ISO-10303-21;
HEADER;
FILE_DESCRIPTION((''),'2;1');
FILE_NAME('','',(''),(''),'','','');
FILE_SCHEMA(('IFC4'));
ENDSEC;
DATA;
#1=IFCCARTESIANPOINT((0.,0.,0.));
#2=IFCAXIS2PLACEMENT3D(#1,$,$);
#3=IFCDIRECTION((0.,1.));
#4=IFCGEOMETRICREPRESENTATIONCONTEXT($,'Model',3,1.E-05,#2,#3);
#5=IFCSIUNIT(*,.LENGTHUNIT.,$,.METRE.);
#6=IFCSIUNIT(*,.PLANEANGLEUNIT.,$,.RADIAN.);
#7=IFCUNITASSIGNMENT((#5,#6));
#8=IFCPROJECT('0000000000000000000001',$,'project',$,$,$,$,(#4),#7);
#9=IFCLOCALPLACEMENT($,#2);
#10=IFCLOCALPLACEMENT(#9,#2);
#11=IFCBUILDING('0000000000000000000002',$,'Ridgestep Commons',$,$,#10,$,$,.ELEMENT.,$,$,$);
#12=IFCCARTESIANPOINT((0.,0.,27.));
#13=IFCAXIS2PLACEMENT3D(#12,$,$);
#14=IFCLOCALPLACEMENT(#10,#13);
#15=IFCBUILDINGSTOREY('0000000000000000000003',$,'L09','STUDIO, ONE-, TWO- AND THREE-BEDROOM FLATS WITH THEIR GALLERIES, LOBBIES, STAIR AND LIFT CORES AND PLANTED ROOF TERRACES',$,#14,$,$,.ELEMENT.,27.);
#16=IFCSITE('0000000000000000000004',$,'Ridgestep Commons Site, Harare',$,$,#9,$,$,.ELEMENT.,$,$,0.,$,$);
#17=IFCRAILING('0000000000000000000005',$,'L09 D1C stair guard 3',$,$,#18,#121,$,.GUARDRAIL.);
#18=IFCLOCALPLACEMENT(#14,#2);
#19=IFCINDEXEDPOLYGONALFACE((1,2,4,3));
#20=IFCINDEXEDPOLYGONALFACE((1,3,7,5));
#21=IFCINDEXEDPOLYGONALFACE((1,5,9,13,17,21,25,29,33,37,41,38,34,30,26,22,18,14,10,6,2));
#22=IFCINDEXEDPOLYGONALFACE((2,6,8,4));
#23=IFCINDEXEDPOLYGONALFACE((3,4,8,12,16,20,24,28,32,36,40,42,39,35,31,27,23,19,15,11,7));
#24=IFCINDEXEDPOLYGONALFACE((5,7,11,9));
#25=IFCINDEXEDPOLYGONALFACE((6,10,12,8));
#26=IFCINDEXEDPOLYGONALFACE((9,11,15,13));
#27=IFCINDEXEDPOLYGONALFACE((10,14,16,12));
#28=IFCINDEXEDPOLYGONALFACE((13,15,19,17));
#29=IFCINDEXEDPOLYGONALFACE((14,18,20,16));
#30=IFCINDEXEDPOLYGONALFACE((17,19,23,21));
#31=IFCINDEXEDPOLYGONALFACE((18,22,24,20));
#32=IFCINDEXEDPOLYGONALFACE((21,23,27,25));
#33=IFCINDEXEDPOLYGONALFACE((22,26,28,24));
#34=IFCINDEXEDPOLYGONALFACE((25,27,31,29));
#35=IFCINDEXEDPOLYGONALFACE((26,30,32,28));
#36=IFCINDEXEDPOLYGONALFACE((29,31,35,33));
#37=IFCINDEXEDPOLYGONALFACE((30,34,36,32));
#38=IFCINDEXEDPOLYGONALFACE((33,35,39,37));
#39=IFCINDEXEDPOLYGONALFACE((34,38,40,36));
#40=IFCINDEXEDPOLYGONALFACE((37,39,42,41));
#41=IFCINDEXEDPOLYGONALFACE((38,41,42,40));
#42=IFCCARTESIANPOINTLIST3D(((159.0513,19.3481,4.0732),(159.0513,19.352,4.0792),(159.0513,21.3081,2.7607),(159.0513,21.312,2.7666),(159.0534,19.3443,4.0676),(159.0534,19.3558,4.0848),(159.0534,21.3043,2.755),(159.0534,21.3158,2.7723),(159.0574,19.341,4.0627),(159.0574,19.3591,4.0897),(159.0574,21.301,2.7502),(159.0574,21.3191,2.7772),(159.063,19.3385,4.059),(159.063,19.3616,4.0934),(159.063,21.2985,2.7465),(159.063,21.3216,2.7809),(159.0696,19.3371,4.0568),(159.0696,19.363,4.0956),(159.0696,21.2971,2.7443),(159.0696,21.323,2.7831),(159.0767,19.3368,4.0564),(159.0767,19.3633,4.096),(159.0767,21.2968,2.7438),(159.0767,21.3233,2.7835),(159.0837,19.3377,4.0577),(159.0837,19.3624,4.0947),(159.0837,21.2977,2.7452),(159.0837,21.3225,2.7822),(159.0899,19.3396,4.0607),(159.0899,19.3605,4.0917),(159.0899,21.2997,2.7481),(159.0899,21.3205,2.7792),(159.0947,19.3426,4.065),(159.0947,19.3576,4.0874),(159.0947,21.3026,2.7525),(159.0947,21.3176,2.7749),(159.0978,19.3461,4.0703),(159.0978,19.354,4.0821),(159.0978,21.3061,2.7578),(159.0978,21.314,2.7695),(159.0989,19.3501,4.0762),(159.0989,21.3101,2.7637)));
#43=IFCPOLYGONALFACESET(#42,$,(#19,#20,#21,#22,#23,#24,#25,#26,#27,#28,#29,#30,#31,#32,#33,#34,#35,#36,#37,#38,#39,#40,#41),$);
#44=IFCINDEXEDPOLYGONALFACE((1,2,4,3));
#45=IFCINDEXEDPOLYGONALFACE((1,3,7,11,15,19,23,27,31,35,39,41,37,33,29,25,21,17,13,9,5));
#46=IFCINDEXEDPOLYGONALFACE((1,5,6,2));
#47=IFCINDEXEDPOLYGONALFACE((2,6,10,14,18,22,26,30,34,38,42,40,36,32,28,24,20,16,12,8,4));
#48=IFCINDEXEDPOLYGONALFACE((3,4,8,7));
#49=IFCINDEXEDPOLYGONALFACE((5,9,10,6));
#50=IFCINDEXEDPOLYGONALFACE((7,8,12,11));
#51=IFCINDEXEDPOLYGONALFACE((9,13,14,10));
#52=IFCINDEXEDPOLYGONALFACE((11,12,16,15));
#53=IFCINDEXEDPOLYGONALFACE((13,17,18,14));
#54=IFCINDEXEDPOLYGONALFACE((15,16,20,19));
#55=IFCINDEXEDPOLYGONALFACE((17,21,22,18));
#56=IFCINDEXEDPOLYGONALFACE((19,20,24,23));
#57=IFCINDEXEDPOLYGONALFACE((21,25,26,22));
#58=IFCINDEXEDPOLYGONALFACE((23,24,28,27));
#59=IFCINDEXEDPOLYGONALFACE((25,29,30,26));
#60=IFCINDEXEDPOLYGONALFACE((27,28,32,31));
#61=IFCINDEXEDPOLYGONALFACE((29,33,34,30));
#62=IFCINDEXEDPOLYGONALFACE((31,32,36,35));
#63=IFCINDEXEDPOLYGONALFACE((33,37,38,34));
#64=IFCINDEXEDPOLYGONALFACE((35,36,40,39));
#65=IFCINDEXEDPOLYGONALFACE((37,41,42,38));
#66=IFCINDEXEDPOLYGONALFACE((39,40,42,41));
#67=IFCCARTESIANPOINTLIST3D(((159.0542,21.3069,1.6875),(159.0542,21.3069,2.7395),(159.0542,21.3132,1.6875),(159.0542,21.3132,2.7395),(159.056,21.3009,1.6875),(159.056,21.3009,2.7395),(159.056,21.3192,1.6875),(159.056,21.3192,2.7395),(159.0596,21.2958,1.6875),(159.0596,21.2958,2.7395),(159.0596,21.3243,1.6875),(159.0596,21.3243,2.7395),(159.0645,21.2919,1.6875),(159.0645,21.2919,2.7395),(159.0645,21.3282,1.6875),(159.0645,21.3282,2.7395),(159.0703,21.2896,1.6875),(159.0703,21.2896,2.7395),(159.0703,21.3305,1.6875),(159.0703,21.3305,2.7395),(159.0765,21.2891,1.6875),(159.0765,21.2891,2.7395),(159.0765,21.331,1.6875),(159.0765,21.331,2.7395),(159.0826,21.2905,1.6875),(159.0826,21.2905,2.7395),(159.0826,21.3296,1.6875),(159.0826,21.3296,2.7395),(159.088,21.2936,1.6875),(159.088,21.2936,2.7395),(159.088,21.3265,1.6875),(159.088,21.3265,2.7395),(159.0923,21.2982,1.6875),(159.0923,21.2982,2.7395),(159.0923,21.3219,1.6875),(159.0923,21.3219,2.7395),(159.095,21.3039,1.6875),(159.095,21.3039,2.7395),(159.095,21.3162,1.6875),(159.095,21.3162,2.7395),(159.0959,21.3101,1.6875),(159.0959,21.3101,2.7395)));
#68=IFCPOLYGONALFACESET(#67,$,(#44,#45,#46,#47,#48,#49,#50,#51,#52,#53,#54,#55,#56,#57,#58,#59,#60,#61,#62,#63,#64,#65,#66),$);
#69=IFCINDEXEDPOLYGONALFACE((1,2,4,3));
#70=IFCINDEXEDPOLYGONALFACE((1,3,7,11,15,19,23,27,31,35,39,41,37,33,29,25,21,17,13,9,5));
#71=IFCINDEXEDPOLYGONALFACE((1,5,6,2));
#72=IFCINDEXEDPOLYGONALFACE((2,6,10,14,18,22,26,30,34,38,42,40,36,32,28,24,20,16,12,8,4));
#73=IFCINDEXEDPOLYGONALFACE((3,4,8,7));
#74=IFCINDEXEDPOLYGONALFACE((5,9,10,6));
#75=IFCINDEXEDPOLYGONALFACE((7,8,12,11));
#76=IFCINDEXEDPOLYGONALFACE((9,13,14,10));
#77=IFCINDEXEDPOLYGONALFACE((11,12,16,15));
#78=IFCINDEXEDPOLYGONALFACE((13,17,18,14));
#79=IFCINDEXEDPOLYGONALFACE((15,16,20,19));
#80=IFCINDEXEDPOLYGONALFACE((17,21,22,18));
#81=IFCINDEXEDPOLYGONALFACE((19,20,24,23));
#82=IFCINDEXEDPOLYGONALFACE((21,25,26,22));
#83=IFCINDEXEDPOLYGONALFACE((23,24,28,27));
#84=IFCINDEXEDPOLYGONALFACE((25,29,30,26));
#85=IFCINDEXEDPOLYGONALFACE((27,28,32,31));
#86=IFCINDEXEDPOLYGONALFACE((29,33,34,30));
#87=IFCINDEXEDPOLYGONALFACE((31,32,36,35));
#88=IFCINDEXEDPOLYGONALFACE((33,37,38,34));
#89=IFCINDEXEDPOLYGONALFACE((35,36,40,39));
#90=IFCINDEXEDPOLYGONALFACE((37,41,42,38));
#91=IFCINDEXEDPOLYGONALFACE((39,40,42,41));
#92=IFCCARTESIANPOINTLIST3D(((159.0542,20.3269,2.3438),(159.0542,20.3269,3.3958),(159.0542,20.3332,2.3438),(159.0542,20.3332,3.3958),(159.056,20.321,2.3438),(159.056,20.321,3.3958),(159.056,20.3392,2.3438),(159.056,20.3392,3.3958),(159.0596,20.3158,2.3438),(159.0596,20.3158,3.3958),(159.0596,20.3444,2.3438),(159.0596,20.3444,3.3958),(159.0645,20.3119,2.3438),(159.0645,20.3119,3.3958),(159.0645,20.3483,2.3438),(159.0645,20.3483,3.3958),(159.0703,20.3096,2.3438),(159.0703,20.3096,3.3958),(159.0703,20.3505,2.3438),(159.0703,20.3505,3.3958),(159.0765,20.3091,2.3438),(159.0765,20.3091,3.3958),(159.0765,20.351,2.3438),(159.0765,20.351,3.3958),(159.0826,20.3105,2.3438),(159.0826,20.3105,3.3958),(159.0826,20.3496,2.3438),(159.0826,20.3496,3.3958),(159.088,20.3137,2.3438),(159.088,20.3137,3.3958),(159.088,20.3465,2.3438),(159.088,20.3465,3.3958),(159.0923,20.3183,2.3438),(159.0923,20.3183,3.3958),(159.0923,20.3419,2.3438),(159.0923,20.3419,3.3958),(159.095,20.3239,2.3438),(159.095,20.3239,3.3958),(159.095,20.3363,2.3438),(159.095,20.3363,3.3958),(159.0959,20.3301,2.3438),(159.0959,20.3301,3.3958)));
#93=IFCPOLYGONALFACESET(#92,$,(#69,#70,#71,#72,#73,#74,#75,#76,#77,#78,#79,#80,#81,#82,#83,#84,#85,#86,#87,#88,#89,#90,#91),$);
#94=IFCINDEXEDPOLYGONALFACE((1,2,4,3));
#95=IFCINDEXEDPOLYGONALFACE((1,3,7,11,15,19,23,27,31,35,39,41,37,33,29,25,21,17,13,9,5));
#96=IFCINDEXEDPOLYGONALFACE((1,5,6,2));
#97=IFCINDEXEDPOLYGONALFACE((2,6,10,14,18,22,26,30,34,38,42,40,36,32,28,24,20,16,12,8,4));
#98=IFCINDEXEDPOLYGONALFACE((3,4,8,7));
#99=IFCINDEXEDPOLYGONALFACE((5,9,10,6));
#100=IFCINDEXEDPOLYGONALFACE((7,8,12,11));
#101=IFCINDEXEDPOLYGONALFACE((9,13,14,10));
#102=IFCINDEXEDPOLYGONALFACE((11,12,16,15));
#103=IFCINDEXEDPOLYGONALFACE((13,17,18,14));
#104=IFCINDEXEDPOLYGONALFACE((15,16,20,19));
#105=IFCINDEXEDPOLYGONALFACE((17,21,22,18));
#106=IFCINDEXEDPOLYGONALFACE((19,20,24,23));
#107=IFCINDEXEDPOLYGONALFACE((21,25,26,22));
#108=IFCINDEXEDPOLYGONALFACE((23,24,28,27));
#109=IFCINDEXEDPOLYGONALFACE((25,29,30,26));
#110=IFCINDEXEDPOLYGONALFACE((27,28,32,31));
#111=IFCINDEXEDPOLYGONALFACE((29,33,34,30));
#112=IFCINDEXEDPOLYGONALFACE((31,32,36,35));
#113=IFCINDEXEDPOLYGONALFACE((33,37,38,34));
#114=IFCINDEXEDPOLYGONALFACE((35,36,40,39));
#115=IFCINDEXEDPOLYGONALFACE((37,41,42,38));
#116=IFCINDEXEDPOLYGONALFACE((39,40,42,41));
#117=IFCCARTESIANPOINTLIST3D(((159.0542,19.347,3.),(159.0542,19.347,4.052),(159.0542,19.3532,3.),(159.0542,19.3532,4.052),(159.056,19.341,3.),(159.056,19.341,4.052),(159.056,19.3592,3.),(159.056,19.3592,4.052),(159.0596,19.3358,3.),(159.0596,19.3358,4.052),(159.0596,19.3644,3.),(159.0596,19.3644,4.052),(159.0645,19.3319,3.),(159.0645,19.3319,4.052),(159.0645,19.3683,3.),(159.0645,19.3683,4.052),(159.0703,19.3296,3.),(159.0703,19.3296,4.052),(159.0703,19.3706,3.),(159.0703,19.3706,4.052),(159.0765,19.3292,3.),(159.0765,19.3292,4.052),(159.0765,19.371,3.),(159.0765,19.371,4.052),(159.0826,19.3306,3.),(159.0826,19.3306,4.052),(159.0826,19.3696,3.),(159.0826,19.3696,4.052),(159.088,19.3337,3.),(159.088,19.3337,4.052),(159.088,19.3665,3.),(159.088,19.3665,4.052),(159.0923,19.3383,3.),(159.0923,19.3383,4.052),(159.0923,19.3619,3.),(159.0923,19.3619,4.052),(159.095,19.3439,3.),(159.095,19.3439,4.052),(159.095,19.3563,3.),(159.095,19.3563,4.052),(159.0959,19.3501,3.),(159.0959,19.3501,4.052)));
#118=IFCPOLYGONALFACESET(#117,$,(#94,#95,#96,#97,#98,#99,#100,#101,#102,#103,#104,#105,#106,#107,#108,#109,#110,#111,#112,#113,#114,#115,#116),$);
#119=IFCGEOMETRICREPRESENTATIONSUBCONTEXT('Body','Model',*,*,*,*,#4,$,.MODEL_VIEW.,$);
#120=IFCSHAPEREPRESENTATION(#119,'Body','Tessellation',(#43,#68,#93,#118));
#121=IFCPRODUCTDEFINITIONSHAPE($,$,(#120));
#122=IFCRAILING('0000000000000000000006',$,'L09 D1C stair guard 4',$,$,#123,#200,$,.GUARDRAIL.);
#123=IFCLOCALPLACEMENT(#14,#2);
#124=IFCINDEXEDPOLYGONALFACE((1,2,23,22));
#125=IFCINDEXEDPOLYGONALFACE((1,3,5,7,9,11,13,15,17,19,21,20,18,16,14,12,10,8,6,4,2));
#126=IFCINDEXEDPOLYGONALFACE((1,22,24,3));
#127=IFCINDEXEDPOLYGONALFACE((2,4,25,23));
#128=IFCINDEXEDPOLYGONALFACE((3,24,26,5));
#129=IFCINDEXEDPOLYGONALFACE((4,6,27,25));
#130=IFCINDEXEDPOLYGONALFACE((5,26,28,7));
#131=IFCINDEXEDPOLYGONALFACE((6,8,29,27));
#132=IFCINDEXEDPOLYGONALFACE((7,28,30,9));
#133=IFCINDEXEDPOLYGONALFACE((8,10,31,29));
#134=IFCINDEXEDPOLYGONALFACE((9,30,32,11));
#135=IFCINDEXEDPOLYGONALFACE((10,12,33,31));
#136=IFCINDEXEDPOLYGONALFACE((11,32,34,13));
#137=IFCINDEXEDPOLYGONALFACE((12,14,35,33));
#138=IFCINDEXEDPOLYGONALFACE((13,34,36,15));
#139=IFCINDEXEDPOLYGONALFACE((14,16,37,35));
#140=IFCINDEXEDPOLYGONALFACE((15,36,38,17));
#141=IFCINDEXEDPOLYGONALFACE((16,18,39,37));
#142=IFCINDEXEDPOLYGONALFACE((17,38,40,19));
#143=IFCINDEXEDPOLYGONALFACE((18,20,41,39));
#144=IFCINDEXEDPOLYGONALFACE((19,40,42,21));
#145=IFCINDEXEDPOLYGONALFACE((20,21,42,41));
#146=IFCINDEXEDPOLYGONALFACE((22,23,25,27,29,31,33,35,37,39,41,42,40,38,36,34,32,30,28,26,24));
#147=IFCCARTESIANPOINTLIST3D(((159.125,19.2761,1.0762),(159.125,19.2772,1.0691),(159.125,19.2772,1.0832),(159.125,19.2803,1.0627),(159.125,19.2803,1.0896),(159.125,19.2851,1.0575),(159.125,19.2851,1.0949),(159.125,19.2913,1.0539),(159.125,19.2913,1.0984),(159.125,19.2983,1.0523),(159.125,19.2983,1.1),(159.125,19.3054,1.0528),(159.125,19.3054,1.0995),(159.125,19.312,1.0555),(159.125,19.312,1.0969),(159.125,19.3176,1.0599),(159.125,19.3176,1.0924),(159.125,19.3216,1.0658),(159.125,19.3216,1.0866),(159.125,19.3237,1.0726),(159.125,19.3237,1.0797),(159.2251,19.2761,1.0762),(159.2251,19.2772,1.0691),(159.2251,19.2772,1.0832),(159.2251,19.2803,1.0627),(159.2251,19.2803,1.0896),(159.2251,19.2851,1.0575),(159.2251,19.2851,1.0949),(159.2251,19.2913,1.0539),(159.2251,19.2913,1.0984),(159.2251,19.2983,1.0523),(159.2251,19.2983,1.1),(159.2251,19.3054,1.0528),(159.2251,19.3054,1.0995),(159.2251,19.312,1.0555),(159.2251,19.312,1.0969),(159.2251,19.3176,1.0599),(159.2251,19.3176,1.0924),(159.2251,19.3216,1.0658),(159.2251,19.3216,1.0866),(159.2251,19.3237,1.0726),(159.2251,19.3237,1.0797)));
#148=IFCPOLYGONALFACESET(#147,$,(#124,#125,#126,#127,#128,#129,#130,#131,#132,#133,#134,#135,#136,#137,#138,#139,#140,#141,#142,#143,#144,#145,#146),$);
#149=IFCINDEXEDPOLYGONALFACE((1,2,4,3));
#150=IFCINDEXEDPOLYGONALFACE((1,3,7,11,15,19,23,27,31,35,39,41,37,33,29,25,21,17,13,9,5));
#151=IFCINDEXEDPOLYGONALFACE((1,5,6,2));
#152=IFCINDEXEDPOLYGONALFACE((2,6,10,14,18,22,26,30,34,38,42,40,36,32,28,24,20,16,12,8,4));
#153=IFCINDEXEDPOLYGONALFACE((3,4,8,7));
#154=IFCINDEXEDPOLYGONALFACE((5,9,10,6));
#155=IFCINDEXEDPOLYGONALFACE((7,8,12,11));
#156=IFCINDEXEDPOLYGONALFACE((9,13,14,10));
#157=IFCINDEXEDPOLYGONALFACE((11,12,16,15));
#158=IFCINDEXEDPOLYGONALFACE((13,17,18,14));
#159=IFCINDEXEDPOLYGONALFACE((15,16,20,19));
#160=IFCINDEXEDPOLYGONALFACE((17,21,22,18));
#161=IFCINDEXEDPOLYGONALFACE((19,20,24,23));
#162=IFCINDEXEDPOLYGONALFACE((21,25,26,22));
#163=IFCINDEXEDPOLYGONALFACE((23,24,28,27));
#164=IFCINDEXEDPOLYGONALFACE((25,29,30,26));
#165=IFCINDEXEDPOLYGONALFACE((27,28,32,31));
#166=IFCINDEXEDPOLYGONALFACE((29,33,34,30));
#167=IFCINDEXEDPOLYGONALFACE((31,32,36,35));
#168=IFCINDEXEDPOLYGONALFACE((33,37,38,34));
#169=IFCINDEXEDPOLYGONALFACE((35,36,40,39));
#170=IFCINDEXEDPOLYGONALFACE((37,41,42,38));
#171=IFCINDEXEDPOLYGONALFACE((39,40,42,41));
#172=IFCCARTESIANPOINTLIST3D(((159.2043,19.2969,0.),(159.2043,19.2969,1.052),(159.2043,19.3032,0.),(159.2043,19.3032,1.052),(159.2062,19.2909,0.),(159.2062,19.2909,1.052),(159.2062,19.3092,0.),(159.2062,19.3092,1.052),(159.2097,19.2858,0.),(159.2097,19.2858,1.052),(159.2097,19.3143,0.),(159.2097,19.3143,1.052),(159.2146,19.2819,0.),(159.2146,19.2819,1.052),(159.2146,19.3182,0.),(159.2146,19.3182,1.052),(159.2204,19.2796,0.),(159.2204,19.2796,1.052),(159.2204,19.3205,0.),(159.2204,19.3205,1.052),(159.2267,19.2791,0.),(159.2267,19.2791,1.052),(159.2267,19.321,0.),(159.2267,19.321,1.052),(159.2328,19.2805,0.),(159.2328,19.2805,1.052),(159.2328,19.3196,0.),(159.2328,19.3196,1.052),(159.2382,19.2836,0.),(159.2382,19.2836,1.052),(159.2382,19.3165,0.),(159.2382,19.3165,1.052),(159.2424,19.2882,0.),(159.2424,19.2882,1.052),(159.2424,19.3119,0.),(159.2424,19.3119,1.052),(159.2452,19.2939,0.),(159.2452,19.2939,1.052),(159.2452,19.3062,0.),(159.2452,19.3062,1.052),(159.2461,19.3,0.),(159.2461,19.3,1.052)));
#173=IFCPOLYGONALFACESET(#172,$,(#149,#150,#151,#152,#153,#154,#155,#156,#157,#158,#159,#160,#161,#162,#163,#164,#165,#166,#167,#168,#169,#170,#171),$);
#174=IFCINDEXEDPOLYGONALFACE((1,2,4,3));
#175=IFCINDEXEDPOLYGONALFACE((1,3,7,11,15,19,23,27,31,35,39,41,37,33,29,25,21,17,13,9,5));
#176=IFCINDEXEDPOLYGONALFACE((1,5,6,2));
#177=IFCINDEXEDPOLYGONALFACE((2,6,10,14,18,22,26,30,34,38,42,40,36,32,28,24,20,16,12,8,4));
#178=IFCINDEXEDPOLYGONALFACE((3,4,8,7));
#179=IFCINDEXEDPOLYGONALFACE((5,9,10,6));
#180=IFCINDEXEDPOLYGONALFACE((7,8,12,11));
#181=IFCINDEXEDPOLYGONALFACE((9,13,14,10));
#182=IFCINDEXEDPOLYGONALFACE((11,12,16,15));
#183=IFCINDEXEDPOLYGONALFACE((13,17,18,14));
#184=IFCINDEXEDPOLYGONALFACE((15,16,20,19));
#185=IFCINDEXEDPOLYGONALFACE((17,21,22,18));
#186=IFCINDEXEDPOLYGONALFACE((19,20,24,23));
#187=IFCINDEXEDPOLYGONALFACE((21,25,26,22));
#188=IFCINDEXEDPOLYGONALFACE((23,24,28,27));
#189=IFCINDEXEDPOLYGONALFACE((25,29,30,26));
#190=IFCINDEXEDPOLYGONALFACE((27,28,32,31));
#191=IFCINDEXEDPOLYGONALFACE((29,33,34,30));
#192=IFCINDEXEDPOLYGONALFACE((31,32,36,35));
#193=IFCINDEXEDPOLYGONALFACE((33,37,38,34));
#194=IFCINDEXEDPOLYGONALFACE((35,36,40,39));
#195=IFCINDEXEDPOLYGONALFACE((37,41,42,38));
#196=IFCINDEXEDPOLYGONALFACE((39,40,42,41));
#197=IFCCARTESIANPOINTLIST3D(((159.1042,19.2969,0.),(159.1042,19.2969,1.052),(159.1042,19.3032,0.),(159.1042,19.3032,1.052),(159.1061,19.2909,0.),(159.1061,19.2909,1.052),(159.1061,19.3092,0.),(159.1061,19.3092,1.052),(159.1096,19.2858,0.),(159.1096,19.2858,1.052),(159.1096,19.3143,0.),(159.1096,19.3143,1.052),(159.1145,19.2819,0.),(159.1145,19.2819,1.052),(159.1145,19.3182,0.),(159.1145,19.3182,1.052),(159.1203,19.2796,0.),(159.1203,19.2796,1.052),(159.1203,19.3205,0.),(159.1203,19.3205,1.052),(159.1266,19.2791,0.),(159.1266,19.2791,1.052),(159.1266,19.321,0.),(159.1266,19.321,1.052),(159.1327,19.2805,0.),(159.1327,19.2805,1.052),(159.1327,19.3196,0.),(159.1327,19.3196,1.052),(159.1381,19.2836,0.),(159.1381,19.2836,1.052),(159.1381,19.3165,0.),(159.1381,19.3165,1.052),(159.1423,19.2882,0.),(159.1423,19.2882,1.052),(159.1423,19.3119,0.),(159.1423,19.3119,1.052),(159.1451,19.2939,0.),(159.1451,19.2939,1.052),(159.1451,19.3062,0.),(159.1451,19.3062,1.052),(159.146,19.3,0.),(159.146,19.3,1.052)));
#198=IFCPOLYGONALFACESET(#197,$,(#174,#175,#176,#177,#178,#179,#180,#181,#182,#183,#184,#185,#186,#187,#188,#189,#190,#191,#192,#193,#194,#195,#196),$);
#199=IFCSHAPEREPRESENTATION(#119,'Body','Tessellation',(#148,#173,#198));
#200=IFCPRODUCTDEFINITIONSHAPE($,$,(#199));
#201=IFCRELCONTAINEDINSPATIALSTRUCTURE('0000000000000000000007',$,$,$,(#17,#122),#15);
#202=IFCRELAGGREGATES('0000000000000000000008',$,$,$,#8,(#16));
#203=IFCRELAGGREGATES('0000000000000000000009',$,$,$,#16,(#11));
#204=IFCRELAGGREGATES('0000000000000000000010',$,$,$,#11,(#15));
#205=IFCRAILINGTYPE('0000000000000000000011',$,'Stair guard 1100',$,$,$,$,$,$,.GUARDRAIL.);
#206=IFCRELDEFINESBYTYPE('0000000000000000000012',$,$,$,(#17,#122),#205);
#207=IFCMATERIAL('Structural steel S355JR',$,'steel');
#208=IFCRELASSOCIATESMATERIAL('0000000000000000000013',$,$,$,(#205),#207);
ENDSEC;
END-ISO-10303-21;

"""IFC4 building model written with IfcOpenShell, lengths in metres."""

from ifc_helpers import new_model, si_unit, direction, frame, origin, origin_2d, place, context, subcontext, project, spatial, circle, extrude, material, type_object, element, save


model = new_model("IFC4")

# Units and contexts
model_context = context("Model", 3, precision=1e-05, world=origin(), true_north=direction((0.0, 1.0)))
body_context = subcontext(model_context, "Body", "Model", "MODEL_VIEW")
ifc_project = project(units=[si_unit("LENGTHUNIT", "METRE"), si_unit("PLANEANGLEUNIT", "RADIAN")], contexts=[model_context])

# Site, building, storey
site_placement = place(None, origin())
site = spatial("IfcSite", under=ifc_project, at=site_placement, Name="Ridgestep Commons Site, Harare", CompositionType="ELEMENT", RefElevation=0.0)
building_placement = place(site_placement, origin())
building = spatial("IfcBuilding", under=site, at=building_placement, Name="Ridgestep Commons", CompositionType="ELEMENT")
storey_placement = place(building_placement, frame((0.0, 0.0, 27.0)))
storey = spatial("IfcBuildingStorey", under=building, at=storey_placement, Name="L09", Description="STUDIO, ONE-, TWO- AND THREE-BEDROOM FLATS WITH THEIR GALLERIES, LOBBIES, STAIR AND LIFT CORES AND PLANTED ROOF TERRACES", CompositionType="ELEMENT", Elevation=27.0)

# Railings
ifc_material_1 = material(Name="Structural steel S355JR", Category="steel")
railing_type_1 = type_object("IfcRailingType", Name="Stair guard 1100", PredefinedType="GUARDRAIL", material=ifc_material_1)
railing_1_placement = place(storey_placement, frame((159.075, 21.3101, 1.6875)))
element("IfcRailing", 1, at=railing_1_placement, inside=storey, type_object=railing_type_1, Name="L09 D1C stair guard 3", PredefinedType="GUARDRAIL", context=body_context, shape_type="SweptSolid", body=[
    extrude(circle(Radius=0.0239, at=origin_2d()), frame((0.0, 0.0, 1.0762), z_axis=(0.0, -0.830902, 0.556419), x_axis=(1.0, 0.0, 0.0)), (0.0, 0.0, 1.0), 2.3589),
    extrude(circle(Radius=0.021, at=origin_2d()), origin(), (0.0, 0.0, 1.0), 1.052),
    extrude(circle(Radius=0.021, at=origin_2d()), frame((0.0, -0.98, 0.6562)), (0.0, 0.0, 1.0), 1.052),
    extrude(circle(Radius=0.021, at=origin_2d()), frame((0.0, -1.96, 1.3125)), (0.0, 0.0, 1.0), 1.052),
])
railing_2_placement = place(storey_placement, frame((159.2251, 19.3, 0.0)))
element("IfcRailing", 2, at=railing_2_placement, inside=storey, type_object=railing_type_1, Name="L09 D1C stair guard 4", PredefinedType="GUARDRAIL", context=body_context, shape_type="SweptSolid", body=[
    extrude(circle(Radius=0.0239, at=origin_2d()), frame((0.0, 0.0, 1.0762), z_axis=(-1.0, 0.0, 0.0), x_axis=(0.0, -1.0, 0.0)), (0.0, 0.0, 1.0), 0.1001),
    extrude(circle(Radius=0.021, at=origin_2d()), origin(), (0.0, 0.0, 1.0), 1.052),
    extrude(circle(Radius=0.021, at=origin_2d()), frame((-0.1001, 0.0, 0.0)), (0.0, 0.0, 1.0), 1.052),
])

save(model, "model.ifc")
